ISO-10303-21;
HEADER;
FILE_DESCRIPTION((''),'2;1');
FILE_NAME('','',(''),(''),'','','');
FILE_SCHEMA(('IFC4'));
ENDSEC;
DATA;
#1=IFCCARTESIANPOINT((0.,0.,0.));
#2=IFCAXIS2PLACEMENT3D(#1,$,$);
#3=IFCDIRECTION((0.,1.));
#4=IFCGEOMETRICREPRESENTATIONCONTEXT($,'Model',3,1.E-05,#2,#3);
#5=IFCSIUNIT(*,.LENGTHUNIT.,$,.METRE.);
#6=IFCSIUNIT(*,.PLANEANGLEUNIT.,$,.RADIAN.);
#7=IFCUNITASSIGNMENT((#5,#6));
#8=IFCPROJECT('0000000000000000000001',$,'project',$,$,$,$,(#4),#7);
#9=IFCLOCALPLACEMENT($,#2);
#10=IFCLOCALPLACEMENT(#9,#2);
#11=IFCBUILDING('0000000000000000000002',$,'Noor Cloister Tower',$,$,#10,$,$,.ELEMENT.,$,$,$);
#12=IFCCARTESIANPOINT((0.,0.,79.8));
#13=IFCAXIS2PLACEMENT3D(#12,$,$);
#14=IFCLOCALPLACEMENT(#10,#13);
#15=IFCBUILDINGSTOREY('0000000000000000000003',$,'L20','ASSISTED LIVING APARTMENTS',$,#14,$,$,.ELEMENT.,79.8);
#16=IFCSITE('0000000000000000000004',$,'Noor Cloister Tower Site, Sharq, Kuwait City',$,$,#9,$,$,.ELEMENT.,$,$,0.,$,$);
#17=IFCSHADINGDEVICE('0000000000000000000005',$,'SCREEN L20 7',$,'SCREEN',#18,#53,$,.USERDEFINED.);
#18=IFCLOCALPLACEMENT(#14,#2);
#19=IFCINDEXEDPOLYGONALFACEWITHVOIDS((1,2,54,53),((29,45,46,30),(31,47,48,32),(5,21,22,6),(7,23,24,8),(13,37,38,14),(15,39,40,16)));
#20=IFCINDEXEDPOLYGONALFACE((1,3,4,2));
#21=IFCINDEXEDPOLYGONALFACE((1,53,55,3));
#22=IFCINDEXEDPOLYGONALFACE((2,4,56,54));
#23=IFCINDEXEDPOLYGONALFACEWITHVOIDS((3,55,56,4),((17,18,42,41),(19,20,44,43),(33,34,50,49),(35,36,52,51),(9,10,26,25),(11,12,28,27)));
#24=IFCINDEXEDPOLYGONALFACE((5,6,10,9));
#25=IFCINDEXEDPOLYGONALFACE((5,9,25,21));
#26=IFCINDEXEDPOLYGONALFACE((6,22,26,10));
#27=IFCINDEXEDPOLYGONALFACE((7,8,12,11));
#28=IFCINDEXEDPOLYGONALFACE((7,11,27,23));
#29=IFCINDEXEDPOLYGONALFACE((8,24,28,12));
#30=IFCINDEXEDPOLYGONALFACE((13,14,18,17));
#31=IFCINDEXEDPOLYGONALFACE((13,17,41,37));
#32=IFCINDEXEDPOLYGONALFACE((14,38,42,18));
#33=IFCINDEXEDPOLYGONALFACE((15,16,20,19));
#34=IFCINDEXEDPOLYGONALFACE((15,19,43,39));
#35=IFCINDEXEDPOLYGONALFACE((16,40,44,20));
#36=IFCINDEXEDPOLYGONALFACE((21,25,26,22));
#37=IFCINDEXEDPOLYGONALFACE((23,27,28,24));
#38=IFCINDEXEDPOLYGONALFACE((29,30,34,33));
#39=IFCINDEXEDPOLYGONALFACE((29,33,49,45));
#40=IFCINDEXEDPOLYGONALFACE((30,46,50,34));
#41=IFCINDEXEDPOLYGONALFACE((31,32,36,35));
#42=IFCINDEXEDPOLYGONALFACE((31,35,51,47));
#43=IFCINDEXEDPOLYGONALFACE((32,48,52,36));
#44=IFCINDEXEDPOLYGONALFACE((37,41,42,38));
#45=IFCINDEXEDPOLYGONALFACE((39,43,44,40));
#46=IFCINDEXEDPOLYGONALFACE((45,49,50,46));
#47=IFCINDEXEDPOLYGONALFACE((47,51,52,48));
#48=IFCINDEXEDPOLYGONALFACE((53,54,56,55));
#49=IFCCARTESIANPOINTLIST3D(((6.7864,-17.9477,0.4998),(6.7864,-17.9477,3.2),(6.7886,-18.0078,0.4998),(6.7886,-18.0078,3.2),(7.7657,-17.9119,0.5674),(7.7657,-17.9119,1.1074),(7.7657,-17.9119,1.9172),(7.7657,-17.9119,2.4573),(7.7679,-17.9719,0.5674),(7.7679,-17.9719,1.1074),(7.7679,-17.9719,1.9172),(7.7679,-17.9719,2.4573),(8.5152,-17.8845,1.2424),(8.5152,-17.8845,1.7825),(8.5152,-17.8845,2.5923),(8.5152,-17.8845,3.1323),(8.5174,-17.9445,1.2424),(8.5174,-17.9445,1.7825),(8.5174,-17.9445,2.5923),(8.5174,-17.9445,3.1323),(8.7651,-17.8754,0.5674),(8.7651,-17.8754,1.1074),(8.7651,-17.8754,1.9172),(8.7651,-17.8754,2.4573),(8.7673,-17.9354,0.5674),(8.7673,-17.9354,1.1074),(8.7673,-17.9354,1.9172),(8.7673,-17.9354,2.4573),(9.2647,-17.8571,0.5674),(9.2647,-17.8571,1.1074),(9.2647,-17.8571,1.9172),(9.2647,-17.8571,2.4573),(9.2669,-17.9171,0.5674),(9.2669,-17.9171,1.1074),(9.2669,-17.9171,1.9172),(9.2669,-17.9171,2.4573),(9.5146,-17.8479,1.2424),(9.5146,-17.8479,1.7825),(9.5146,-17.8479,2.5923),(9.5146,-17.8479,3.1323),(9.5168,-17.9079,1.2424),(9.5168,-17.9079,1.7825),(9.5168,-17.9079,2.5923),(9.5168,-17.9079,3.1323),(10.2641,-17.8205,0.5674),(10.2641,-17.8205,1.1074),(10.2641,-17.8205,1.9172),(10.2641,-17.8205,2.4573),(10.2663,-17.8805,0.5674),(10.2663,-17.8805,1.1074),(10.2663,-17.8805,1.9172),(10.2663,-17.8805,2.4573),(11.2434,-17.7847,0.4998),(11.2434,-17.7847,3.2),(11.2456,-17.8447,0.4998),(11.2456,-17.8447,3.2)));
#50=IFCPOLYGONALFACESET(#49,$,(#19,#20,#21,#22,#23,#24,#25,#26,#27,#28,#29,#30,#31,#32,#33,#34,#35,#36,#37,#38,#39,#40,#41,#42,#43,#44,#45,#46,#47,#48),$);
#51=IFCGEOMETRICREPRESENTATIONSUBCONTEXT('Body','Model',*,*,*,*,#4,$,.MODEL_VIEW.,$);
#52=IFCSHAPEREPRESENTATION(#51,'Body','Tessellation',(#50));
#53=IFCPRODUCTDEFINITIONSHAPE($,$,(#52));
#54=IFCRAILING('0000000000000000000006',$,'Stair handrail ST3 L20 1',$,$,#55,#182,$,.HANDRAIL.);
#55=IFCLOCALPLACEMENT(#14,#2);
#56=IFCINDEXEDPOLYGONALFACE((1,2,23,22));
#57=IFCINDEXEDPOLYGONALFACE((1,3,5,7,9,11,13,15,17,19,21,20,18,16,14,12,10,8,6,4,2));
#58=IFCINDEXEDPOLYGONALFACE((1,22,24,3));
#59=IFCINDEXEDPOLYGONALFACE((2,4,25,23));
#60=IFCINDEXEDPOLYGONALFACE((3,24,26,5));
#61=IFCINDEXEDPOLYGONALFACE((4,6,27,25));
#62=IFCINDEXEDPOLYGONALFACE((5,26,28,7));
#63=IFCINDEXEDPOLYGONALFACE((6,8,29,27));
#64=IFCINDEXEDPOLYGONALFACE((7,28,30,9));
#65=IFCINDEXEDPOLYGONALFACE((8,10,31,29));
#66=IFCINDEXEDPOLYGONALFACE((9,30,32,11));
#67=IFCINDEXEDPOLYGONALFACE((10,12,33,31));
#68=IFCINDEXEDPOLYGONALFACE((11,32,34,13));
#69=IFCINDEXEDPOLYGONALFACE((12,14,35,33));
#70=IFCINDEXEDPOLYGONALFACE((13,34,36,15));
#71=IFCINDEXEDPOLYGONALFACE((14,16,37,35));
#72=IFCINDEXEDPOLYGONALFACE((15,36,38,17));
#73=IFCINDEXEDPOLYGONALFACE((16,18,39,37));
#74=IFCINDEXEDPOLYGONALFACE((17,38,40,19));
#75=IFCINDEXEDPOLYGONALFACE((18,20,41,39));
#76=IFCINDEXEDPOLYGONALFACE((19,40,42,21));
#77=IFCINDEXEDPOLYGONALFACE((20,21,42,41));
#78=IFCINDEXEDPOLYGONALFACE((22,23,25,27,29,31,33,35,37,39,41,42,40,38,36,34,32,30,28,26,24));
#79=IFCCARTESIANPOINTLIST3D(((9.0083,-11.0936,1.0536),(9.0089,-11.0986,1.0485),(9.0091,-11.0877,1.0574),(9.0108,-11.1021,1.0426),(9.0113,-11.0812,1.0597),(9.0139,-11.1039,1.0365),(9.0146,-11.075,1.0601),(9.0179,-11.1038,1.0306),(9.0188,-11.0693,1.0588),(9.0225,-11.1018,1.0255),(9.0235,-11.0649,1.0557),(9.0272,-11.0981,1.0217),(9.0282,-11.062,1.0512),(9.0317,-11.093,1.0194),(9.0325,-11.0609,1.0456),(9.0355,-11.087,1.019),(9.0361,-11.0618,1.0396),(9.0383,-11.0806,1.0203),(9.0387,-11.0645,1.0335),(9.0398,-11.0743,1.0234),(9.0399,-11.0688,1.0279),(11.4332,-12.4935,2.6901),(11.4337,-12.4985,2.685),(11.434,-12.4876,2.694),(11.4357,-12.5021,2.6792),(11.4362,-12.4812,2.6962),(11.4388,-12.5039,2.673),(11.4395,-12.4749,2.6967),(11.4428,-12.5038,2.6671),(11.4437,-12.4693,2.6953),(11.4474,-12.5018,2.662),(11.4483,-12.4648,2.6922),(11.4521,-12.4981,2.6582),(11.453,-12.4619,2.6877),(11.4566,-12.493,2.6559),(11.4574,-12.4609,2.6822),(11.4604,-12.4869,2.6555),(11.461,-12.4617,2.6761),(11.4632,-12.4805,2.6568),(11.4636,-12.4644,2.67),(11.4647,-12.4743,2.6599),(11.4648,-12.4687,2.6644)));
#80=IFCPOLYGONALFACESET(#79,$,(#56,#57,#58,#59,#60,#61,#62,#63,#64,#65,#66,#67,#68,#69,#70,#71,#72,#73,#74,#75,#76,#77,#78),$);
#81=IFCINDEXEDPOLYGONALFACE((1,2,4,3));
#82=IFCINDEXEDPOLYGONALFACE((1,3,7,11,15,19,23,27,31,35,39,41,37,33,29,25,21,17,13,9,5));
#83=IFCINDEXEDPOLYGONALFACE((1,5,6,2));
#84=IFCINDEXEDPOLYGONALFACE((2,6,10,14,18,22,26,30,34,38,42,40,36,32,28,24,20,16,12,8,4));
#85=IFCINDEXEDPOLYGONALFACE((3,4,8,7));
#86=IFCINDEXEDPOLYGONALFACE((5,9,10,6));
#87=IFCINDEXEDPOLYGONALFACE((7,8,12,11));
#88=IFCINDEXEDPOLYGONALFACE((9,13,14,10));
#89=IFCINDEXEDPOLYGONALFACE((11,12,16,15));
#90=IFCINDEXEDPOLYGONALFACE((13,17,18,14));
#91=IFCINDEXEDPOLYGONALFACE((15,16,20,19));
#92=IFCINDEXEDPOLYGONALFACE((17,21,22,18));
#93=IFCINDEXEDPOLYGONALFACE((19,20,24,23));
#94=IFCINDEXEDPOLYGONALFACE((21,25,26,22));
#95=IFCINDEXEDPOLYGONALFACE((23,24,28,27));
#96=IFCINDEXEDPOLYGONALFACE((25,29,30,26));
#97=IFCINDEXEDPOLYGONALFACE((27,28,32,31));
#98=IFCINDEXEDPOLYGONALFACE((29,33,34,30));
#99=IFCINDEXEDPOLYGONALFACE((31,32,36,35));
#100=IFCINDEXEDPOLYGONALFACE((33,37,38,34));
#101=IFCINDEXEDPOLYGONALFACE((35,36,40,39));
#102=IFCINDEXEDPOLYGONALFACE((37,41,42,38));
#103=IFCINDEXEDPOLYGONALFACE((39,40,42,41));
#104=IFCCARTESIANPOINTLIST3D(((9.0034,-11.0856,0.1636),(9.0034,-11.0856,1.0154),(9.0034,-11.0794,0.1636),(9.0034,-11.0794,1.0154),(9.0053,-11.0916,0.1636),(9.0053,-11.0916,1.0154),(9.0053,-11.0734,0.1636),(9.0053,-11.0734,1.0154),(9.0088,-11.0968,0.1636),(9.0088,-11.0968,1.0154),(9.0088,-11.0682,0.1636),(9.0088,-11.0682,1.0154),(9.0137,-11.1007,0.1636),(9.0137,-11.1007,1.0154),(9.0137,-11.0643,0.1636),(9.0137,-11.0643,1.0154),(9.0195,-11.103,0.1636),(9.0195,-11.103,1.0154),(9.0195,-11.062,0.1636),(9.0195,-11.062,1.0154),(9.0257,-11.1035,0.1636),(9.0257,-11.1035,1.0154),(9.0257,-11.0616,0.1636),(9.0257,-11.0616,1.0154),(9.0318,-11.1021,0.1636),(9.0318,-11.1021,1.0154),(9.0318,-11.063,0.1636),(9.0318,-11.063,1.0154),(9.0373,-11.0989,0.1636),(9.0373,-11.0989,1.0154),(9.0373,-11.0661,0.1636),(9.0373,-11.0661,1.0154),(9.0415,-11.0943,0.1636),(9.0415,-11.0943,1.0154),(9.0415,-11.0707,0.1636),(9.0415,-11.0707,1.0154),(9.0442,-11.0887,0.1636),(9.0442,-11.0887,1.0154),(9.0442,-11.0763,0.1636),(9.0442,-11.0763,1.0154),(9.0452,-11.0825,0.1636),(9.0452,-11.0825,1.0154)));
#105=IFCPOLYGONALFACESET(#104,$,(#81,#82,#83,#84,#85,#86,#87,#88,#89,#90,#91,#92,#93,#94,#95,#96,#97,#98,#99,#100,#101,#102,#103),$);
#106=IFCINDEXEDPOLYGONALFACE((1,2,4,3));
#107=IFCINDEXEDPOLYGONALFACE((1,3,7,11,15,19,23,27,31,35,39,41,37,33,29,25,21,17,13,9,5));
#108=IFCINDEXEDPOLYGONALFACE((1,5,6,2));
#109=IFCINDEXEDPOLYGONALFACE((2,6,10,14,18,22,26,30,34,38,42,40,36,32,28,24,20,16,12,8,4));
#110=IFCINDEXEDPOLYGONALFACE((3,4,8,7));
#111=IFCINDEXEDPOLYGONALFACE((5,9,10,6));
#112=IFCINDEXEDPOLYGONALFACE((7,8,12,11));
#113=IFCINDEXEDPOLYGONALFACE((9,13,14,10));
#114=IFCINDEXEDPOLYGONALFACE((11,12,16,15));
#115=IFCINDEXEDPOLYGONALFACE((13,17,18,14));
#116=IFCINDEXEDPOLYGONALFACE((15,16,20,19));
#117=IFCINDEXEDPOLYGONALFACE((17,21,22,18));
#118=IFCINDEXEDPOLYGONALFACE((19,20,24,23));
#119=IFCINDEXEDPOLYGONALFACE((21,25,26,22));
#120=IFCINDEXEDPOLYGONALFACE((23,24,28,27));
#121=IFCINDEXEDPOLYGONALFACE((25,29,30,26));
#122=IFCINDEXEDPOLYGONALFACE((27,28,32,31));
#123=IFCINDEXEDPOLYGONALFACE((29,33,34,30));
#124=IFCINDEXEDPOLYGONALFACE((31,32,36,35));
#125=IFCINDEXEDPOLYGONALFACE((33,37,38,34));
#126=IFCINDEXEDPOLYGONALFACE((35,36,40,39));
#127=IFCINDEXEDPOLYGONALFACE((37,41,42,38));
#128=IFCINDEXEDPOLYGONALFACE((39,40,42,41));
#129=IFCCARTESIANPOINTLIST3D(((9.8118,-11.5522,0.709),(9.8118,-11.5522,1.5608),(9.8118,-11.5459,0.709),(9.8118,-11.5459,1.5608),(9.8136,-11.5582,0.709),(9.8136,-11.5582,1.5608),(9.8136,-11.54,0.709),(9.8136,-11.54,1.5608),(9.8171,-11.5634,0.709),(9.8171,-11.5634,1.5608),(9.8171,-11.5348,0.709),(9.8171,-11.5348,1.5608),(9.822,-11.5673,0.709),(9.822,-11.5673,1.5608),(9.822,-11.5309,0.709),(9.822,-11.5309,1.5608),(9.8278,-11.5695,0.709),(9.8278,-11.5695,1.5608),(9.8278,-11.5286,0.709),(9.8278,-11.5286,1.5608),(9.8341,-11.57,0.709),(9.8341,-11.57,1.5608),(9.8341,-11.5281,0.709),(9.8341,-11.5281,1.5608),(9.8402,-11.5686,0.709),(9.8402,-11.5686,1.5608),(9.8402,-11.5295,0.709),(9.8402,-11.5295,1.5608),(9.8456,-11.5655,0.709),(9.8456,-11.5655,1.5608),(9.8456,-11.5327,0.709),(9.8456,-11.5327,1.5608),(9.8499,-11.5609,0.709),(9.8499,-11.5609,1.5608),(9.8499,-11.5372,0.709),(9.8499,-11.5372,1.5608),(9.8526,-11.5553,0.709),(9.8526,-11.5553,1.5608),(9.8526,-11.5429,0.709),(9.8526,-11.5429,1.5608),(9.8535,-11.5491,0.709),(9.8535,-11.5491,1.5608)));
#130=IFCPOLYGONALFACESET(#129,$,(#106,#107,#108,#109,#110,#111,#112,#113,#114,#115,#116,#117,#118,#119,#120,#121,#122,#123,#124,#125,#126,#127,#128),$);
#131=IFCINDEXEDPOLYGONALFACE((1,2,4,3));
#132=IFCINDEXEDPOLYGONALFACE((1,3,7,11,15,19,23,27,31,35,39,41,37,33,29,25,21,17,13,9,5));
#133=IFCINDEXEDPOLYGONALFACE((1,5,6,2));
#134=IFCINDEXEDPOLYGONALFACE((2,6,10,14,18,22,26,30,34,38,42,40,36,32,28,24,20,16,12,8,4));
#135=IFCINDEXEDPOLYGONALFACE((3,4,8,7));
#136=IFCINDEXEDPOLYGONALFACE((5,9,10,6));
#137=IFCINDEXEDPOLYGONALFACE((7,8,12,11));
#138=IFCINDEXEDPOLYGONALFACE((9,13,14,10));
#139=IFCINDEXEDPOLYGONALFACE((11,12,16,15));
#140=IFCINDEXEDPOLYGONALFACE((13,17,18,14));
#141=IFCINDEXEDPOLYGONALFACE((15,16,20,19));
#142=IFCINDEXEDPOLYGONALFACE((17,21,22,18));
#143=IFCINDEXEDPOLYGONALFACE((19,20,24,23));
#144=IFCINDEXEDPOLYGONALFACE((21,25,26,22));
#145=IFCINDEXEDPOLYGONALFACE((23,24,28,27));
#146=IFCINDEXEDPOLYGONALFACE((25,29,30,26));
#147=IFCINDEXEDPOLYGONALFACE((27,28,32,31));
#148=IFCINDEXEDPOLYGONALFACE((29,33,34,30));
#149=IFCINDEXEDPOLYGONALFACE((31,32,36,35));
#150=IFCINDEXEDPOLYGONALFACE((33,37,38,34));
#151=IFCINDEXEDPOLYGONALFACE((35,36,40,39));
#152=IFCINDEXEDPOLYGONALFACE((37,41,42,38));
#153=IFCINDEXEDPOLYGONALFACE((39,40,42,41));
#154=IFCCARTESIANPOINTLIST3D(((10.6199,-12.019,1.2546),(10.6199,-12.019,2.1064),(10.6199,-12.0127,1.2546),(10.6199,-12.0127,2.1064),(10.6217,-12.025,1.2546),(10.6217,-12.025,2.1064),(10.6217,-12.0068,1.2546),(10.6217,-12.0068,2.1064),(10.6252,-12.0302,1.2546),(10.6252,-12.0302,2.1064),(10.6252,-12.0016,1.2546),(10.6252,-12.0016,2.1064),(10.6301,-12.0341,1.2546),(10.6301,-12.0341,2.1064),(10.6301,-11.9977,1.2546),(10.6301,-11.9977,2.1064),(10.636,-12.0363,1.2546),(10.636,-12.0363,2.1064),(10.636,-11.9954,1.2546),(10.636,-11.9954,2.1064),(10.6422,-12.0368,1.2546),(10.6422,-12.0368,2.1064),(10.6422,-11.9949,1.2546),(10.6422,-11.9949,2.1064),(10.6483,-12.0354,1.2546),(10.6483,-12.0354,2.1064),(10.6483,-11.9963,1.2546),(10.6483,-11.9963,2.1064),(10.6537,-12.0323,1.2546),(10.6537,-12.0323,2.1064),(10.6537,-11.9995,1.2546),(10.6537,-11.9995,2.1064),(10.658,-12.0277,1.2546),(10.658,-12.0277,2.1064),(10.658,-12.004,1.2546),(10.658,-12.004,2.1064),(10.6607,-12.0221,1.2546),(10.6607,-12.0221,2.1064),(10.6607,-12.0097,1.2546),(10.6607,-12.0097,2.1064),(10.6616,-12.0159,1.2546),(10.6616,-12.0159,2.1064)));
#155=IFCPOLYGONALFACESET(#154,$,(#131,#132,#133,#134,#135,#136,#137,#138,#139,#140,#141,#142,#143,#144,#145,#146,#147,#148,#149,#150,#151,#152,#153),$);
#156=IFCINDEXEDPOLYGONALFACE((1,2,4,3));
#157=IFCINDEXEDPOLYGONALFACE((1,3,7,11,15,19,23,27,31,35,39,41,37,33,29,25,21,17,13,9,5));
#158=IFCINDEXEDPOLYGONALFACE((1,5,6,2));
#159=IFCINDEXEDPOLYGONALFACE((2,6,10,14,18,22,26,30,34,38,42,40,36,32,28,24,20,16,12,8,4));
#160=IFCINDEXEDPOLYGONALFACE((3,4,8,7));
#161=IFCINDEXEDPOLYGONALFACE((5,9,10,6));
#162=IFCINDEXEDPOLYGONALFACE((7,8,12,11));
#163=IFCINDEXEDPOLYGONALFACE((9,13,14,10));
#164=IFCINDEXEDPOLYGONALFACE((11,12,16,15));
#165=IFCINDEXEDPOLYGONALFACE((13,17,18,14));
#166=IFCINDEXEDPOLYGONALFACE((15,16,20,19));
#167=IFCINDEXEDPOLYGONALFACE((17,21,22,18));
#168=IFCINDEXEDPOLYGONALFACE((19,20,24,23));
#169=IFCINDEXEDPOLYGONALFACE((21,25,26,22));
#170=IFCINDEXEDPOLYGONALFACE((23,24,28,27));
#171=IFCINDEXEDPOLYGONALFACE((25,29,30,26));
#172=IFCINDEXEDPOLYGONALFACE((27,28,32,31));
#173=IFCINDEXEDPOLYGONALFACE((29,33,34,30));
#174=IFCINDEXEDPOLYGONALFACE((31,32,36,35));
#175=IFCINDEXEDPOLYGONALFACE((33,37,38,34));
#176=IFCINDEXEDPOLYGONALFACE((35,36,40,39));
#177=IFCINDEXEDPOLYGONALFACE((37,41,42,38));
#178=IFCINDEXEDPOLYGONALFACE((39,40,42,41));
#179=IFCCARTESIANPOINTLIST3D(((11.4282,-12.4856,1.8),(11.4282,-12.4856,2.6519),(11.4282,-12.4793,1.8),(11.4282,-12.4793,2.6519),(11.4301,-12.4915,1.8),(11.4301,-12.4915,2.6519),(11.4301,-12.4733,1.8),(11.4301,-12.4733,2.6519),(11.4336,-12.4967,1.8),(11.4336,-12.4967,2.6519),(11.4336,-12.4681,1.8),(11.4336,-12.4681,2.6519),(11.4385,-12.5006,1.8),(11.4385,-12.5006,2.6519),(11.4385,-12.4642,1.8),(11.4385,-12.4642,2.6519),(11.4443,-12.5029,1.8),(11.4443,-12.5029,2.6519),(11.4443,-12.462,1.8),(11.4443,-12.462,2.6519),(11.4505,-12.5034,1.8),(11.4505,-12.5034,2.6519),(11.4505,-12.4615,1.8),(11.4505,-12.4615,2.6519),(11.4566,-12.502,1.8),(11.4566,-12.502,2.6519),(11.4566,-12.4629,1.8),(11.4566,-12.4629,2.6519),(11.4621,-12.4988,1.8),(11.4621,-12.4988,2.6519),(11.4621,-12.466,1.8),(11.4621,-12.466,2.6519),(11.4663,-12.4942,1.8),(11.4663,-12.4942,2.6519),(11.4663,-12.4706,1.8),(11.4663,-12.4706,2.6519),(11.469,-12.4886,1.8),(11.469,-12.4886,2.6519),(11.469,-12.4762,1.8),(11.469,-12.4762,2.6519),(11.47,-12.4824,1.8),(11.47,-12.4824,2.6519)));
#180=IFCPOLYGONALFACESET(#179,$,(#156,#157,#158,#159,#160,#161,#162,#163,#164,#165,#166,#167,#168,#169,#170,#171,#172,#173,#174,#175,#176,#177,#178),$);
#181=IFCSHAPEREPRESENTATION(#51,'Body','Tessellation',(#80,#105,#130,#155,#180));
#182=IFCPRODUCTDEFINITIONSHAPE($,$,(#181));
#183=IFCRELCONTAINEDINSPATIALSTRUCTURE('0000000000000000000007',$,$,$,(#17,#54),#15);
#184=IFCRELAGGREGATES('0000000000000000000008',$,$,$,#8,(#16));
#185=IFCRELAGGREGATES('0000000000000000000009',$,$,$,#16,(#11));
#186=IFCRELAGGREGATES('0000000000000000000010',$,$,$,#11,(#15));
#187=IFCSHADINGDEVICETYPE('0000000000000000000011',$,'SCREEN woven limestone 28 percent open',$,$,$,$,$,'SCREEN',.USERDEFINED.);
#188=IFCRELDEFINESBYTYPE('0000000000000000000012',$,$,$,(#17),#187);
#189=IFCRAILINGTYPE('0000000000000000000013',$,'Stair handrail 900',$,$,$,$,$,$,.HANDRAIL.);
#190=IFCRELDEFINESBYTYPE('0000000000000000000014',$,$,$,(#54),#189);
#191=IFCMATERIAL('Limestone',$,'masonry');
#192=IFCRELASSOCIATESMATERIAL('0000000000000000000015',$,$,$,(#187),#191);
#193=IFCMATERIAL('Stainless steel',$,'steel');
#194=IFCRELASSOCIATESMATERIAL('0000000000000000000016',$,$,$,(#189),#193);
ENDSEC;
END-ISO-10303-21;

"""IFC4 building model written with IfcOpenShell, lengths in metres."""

from ifc_helpers import new_model, si_unit, direction, frame, origin, origin_2d, place, context, subcontext, project, spatial, polyline, circle, outline, extrude, material, material_profile, profile_set, type_object, element, save


model = new_model("IFC4")

# Units and contexts
model_context = context("Model", 3, precision=1e-05, world=origin(), true_north=direction((0.0, 1.0)))
body_context = subcontext(model_context, "Body", "Model", "MODEL_VIEW")
ifc_project = project(units=[si_unit("LENGTHUNIT", "METRE"), si_unit("PLANEANGLEUNIT", "RADIAN")], contexts=[model_context])

# Site, building, storey
site_placement = place(None, origin())
site = spatial("IfcSite", under=ifc_project, at=site_placement, Name="Noor Cloister Tower Site, Sharq, Kuwait City", CompositionType="ELEMENT", RefElevation=0.0)
building_placement = place(site_placement, origin())
building = spatial("IfcBuilding", under=site, at=building_placement, Name="Noor Cloister Tower", CompositionType="ELEMENT")
storey_placement = place(building_placement, frame((0.0, 0.0, 79.8)))
storey = spatial("IfcBuildingStorey", under=building, at=storey_placement, Name="L20", Description="ASSISTED LIVING APARTMENTS", CompositionType="ELEMENT", Elevation=79.8)

# Shading device
ifc_material_1 = material(Name="Limestone", Category="masonry")
ifc_material_profile_1 = material_profile(ifc_material_1, outline(polyline([(-2.23, -1.3501), (2.23, -1.3501), (2.23, 1.3501), (-2.23, 1.3501), (-2.23, -1.3501)]), holes=[polyline([(-1.25, -1.2825), (-0.25, -1.2825), (-0.25, -0.7424), (-1.25, -0.7424), (-1.25, -1.2825)]), polyline([(0.25, -1.2825), (1.25, -1.2825), (1.25, -0.7424), (0.25, -0.7424), (0.25, -1.2825)]), polyline([(-0.5, -0.6074), (0.5, -0.6074), (0.5, -0.0674), (-0.5, -0.0674), (-0.5, -0.6074)]), polyline([(-1.25, 0.0674), (-0.25, 0.0674), (-0.25, 0.6074), (-1.25, 0.6074), (-1.25, 0.0674)]), polyline([(0.25, 0.0674), (1.25, 0.0674), (1.25, 0.6074), (0.25, 0.6074), (0.25, 0.0674)]), polyline([(-0.5, 0.7424), (0.5, 0.7424), (0.5, 1.2825), (-0.5, 1.2825), (-0.5, 0.7424)])]), Name="Woven screen 28 percent open")
ifc_profile_set_1 = profile_set([ifc_material_profile_1], Name="Limestone")
shading_device_type = type_object("IfcShadingDeviceType", Name="SCREEN woven limestone 28 percent open", ElementType="SCREEN", PredefinedType="USERDEFINED", material=ifc_profile_set_1)
shading_device_1_placement = place(storey_placement, frame((9.0149, -17.8662, 1.8499), z_axis=(0.036561, -0.999331, 0.0), x_axis=(0.999331, 0.036561, 0.0)))
element("IfcShadingDevice", 1, at=shading_device_1_placement, inside=storey, type_object=shading_device_type, Name="SCREEN L20 7", ObjectType="SCREEN", PredefinedType="USERDEFINED", context=body_context, shape_type="SweptSolid", body=[
    extrude(outline(polyline([(-2.23, -1.3501), (2.23, -1.3501), (2.23, 1.3501), (-2.23, 1.3501), (-2.23, -1.3501)]), holes=[polyline([(-1.25, -1.2825), (-0.25, -1.2825), (-0.25, -0.7424), (-1.25, -0.7424), (-1.25, -1.2825)]), polyline([(0.25, -1.2825), (1.25, -1.2825), (1.25, -0.7424), (0.25, -0.7424), (0.25, -1.2825)]), polyline([(-0.5, -0.6074), (0.5, -0.6074), (0.5, -0.0674), (-0.5, -0.0674), (-0.5, -0.6074)]), polyline([(-1.25, 0.0674), (-0.25, 0.0674), (-0.25, 0.6074), (-1.25, 0.6074), (-1.25, 0.0674)]), polyline([(0.25, 0.0674), (1.25, 0.0674), (1.25, 0.6074), (0.25, 0.6074), (0.25, 0.0674)]), polyline([(-0.5, 0.7424), (0.5, 0.7424), (0.5, 1.2825), (-0.5, 1.2825), (-0.5, 0.7424)])]), origin(), (0.0, 0.0, 1.0), 0.0601),
])

# Railing
ifc_material_2 = material(Name="Stainless steel", Category="steel")
railing_type = type_object("IfcRailingType", Name="Stair handrail 900", PredefinedType="HANDRAIL", material=ifc_material_2)
railing_placement = place(storey_placement, frame((9.0242, -11.0825, 0.1636)))
element("IfcRailing", 2, at=railing_placement, inside=storey, type_object=railing_type, Name="Stair handrail ST3 L20 1", PredefinedType="HANDRAIL", context=body_context, shape_type="SweptSolid", body=[
    extrude(circle(Radius=0.0239, at=origin_2d()), frame((0.0, 0.0, 0.876), z_axis=(0.74769, -0.431661, 0.504608), x_axis=(0.499984, 0.866035, 0.0)), (0.0, 0.0, 1.0), 3.2432),
    extrude(circle(Radius=0.021, at=origin_2d()), origin(), (0.0, 0.0, 1.0), 0.8518),
    extrude(circle(Radius=0.021, at=origin_2d()), frame((0.8083, -0.4666, 0.5454)), (0.0, 0.0, 1.0), 0.8518),
    extrude(circle(Radius=0.021, at=origin_2d()), frame((1.6165, -0.9333, 1.0911)), (0.0, 0.0, 1.0), 0.8518),
    extrude(circle(Radius=0.021, at=origin_2d()), frame((2.4248, -1.3999, 1.6365)), (0.0, 0.0, 1.0), 0.8518),
])

save(model, "model.ifc")
